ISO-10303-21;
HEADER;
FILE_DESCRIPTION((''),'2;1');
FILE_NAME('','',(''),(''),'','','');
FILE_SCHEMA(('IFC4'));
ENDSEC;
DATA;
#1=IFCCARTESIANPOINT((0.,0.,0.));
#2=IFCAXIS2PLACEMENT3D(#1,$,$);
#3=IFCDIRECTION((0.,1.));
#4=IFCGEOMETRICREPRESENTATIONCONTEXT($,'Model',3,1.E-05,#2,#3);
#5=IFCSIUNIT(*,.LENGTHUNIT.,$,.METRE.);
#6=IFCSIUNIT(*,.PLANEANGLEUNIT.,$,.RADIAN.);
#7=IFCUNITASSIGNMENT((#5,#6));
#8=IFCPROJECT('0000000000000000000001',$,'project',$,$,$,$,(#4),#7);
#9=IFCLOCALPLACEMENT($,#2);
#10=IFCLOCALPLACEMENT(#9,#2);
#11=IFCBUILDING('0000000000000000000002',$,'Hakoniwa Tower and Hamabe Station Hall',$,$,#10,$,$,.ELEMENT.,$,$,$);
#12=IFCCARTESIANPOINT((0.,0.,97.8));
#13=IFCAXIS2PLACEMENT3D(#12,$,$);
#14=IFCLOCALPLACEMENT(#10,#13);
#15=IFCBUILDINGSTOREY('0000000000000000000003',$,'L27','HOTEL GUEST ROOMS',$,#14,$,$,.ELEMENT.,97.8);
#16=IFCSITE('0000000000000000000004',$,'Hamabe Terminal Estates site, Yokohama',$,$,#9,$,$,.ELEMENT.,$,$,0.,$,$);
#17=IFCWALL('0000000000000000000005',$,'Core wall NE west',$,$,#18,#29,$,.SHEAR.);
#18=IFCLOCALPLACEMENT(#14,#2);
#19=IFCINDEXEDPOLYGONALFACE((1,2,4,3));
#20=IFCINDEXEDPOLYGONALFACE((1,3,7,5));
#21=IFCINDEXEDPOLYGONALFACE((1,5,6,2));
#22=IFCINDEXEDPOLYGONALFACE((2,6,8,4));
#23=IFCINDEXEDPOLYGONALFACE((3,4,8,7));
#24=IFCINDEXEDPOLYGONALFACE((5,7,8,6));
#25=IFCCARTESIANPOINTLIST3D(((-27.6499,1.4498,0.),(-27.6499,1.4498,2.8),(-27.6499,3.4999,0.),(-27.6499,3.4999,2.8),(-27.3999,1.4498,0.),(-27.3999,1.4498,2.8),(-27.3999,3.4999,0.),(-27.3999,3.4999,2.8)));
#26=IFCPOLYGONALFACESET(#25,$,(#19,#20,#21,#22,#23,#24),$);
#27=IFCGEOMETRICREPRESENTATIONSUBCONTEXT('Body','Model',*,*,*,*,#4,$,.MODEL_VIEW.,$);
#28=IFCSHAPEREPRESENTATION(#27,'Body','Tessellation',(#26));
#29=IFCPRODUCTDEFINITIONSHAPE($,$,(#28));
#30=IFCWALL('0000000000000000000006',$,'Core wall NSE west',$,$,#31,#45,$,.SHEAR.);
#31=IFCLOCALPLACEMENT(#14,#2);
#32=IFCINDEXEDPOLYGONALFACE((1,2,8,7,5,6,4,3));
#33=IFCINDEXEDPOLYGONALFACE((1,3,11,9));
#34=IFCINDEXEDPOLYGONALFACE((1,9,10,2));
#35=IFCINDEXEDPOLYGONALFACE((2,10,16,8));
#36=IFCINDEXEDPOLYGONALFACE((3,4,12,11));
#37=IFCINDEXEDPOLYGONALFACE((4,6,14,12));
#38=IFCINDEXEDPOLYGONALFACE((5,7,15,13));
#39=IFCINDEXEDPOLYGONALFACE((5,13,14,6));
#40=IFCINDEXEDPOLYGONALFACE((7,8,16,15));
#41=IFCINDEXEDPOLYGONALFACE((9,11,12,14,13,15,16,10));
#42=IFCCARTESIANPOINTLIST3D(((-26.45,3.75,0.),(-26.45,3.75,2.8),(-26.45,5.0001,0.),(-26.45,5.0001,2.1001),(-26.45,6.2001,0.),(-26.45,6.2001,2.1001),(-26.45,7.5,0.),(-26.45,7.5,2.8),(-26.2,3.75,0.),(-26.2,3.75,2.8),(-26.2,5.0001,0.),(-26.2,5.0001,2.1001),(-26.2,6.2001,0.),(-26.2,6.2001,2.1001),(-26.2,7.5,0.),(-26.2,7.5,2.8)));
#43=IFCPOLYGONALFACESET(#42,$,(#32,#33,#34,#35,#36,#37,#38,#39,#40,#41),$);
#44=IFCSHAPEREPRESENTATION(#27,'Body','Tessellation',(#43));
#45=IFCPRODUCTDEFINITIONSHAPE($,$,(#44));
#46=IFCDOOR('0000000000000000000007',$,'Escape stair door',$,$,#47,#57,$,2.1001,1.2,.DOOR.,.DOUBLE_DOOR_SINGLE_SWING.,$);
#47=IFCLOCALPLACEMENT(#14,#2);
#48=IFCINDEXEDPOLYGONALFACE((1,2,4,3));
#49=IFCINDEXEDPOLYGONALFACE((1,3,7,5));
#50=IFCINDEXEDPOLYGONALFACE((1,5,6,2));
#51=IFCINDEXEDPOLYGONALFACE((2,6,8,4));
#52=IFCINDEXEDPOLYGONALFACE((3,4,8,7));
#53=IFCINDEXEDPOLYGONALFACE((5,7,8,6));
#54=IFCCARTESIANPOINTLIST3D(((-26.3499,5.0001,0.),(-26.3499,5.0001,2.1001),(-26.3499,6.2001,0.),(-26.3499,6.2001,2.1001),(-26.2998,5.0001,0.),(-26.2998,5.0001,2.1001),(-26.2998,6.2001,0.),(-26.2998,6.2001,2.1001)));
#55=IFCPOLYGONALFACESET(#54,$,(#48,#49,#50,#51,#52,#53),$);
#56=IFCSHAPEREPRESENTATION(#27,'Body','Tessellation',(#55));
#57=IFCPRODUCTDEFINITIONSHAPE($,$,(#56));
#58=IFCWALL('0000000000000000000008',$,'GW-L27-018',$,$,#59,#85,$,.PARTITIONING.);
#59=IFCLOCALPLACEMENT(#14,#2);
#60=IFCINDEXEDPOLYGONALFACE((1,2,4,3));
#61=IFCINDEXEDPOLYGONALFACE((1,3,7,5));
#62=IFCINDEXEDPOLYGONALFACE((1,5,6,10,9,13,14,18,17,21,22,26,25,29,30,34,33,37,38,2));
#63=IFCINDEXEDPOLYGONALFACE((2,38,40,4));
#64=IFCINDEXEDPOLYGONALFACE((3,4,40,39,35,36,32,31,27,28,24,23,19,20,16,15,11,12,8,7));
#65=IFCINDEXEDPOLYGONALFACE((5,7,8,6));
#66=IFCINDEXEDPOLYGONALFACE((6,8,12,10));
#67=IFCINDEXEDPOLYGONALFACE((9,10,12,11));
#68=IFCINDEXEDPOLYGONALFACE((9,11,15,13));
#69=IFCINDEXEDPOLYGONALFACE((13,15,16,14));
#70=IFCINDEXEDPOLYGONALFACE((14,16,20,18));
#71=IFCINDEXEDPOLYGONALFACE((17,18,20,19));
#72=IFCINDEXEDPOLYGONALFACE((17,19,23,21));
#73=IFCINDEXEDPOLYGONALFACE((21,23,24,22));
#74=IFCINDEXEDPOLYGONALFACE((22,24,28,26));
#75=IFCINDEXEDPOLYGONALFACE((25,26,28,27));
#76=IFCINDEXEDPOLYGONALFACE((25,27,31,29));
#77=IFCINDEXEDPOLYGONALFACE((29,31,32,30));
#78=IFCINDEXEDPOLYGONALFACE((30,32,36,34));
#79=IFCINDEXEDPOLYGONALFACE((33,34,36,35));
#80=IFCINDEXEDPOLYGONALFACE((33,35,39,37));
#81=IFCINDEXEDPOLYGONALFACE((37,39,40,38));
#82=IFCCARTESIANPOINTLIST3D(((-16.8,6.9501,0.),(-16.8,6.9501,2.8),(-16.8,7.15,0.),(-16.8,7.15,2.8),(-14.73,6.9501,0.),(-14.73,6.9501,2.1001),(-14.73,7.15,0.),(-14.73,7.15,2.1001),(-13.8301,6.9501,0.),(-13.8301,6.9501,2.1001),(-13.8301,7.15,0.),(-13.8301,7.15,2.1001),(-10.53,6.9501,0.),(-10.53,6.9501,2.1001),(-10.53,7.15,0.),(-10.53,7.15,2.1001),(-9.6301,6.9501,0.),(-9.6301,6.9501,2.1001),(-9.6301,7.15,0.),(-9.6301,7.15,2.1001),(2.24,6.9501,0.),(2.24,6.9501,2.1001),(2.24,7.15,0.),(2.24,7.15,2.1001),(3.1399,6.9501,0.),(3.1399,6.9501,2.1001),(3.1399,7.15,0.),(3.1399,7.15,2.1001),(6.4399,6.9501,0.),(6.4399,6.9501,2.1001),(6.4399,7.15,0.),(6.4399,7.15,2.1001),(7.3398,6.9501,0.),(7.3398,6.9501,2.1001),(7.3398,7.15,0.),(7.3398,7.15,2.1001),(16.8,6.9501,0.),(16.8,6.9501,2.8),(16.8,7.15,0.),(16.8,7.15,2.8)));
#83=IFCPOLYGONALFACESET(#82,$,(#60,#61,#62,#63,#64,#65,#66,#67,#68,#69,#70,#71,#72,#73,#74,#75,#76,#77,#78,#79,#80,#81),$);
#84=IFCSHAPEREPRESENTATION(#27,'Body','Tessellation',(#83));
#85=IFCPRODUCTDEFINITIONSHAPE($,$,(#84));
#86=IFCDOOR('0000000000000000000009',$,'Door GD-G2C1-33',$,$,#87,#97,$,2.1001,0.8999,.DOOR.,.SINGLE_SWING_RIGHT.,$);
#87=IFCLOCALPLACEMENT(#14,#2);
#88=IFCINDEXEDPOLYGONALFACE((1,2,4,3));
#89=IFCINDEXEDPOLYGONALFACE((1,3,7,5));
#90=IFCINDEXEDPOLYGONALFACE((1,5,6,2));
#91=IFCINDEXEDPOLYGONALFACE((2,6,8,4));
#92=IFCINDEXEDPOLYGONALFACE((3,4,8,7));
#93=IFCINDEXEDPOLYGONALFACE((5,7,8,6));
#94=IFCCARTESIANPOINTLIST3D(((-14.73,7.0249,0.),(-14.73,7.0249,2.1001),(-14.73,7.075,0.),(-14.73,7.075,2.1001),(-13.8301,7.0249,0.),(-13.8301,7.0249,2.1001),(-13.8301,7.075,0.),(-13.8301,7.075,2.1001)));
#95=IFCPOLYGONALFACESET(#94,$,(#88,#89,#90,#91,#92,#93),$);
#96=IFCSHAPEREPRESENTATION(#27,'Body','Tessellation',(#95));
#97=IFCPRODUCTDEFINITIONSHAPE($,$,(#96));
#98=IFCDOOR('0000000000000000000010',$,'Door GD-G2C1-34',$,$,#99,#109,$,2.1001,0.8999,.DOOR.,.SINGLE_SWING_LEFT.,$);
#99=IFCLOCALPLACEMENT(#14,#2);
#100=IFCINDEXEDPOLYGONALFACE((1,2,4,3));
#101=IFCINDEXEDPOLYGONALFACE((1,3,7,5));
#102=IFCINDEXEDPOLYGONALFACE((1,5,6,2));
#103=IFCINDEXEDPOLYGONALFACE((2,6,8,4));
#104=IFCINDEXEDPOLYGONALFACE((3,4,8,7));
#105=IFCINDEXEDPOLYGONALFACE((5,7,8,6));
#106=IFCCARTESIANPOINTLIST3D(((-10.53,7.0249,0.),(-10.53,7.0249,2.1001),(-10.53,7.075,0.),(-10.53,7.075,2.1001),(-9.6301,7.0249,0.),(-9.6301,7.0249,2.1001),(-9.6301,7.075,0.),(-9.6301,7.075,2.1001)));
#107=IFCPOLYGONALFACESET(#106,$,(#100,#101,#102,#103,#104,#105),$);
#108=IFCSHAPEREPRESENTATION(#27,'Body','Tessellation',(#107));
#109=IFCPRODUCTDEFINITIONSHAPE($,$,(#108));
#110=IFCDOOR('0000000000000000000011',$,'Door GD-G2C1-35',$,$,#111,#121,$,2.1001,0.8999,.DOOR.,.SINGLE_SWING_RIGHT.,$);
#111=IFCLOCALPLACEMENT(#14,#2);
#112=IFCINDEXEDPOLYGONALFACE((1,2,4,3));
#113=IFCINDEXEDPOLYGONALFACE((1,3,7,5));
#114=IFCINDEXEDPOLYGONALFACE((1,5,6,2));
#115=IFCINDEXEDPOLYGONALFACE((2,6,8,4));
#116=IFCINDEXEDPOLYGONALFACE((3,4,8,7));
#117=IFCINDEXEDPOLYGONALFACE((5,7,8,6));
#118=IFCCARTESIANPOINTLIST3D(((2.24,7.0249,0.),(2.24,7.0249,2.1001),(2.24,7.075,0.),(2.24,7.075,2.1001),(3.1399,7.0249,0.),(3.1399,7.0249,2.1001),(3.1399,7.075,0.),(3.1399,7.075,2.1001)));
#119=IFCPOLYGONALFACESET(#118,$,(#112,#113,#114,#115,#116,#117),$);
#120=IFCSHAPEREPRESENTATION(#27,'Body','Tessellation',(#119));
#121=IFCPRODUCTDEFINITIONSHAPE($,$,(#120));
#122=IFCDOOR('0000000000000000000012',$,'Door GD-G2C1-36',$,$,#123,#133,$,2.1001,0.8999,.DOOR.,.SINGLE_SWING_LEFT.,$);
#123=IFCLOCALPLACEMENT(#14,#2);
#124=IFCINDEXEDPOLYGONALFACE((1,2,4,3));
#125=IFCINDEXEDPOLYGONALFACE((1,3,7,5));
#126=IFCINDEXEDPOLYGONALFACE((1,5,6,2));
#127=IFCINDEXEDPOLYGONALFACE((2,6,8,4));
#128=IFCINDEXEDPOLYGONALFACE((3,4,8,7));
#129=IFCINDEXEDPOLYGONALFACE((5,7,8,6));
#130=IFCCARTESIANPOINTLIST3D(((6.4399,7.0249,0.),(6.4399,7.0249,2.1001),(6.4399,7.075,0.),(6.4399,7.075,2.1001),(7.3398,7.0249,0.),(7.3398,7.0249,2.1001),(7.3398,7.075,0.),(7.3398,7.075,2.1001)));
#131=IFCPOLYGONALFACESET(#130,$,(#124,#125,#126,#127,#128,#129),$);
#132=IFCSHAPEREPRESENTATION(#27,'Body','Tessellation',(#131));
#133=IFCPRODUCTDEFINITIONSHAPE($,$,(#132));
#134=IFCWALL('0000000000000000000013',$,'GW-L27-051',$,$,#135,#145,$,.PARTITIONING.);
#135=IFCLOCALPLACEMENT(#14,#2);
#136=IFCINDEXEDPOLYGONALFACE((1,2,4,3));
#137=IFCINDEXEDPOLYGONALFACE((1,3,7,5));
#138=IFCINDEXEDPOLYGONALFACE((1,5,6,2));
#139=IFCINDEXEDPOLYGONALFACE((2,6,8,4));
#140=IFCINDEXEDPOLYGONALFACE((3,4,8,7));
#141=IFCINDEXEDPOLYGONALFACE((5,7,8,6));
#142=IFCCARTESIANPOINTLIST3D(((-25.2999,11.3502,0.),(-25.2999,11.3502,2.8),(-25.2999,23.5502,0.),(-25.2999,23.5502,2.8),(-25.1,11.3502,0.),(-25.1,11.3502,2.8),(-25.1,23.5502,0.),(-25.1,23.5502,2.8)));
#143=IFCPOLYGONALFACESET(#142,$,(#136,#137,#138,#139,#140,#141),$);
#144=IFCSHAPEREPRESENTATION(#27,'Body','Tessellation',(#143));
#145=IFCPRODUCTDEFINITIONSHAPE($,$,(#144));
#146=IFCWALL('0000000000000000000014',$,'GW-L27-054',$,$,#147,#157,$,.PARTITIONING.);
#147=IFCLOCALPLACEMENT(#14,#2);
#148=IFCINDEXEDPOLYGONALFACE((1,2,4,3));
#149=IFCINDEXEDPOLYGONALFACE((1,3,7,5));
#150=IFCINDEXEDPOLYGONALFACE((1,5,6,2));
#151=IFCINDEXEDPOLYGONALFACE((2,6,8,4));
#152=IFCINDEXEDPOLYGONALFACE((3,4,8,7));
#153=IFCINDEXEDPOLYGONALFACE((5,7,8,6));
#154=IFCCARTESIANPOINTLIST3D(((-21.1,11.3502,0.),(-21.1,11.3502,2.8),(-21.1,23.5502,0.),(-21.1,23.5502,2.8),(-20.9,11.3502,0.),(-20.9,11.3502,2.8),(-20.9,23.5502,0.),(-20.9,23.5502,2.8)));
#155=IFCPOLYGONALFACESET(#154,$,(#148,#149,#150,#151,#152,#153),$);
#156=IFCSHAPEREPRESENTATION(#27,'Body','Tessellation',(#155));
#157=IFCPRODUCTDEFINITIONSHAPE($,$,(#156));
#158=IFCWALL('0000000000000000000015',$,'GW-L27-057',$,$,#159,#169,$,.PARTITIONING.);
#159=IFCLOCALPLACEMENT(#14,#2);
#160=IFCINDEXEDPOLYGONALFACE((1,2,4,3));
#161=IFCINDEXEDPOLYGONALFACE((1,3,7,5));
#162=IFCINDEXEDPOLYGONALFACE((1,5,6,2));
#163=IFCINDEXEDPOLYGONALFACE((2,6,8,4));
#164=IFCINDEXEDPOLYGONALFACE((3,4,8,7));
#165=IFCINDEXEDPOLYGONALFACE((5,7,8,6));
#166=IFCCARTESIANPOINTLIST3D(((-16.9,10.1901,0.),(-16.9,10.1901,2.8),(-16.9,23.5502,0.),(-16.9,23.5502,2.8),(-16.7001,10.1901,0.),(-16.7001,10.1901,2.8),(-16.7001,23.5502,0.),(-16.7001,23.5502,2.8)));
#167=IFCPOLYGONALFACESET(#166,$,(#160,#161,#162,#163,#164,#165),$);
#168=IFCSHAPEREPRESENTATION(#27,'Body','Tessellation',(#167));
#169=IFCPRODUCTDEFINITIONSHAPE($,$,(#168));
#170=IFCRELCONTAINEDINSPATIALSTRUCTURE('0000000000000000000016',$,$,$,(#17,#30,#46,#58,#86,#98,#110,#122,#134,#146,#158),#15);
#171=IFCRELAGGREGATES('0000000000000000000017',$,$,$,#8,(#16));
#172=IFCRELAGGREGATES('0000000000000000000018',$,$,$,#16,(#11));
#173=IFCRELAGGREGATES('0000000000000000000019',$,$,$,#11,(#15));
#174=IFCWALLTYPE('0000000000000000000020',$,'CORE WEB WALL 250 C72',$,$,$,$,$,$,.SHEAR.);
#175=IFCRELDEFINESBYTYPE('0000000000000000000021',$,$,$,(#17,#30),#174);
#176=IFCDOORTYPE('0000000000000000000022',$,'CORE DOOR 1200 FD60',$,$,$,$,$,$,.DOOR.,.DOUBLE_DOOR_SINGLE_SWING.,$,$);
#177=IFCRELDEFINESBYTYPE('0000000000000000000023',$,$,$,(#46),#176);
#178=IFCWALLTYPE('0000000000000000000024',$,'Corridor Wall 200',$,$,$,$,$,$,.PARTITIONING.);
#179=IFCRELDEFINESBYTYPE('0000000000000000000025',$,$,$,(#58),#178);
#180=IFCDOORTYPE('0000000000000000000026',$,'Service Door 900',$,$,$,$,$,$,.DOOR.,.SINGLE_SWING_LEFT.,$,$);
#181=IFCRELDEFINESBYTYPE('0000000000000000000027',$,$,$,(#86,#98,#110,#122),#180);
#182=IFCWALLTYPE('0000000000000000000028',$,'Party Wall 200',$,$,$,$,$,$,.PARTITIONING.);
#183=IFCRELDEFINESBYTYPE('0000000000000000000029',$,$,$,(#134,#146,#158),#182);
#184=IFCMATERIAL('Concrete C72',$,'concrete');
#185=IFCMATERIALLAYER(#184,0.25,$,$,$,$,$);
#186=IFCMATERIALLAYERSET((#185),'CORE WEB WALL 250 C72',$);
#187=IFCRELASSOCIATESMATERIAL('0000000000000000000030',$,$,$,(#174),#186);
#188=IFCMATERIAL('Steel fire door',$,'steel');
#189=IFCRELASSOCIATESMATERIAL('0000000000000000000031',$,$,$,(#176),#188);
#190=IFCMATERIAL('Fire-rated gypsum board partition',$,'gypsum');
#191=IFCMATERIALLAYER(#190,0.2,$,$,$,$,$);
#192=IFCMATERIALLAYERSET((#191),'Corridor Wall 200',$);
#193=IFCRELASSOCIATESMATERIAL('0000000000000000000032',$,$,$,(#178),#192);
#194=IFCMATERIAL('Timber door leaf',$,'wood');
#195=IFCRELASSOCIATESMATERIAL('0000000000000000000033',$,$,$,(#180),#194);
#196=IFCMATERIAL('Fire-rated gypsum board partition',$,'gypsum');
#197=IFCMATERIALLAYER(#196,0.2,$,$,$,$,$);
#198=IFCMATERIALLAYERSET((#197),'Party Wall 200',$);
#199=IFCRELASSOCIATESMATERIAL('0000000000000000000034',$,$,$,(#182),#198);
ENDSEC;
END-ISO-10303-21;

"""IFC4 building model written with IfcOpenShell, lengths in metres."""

from ifc_helpers import new_model, si_unit, direction, frame, frame_2d, origin, place, context, subcontext, project, spatial, rectangle, extrude, material, layer, layer_set, type_object, element, fill, save


model = new_model("IFC4")

# Units and contexts
model_context = context("Model", 3, precision=1e-05, world=origin(), true_north=direction((0.0, 1.0)))
body_context = subcontext(model_context, "Body", "Model", "MODEL_VIEW")
ifc_project = project(units=[si_unit("LENGTHUNIT", "METRE"), si_unit("PLANEANGLEUNIT", "RADIAN")], contexts=[model_context])

# Site, building, storey
site_placement = place(None, origin())
site = spatial("IfcSite", under=ifc_project, at=site_placement, Name="Hamabe Terminal Estates site, Yokohama", CompositionType="ELEMENT", RefElevation=0.0)
building_placement = place(site_placement, origin())
building = spatial("IfcBuilding", under=site, at=building_placement, Name="Hakoniwa Tower and Hamabe Station Hall", CompositionType="ELEMENT")
storey_placement = place(building_placement, frame((0.0, 0.0, 97.8)))
storey = spatial("IfcBuildingStorey", under=building, at=storey_placement, Name="L27", Description="HOTEL GUEST ROOMS", CompositionType="ELEMENT", Elevation=97.8)

# Wall
ifc_material_1 = material(Name="Concrete C72", Category="concrete")
ifc_layer_1 = layer(ifc_material_1, 0.25)
ifc_layer_set_1 = layer_set([ifc_layer_1], Name="CORE WEB WALL 250 C72")
wall_type_1 = type_object("IfcWallType", Name="CORE WEB WALL 250 C72", PredefinedType="SHEAR", material=ifc_layer_set_1)
wall_1_placement = place(storey_placement, frame((-27.5249, 1.45, 0.0), z_axis=(0.0, 0.0, 1.0), x_axis=(0.0, 1.0, 0.0)))
element("IfcWall", 1, at=wall_1_placement, inside=storey, type_object=wall_type_1, Name="Core wall NE west", PredefinedType="SHEAR", context=body_context, shape_type="SweptSolid", body=[
    extrude(rectangle(XDim=2.05, YDim=0.25, at=frame_2d((1.0249, 0.0))), origin(), (0.0, 0.0, 1.0), 2.8),
])

# Wall, opening, door
wall_2_placement = place(storey_placement, frame((-26.325, 3.75, 0.0), z_axis=(0.0, 0.0, 1.0), x_axis=(0.0, 1.0, 0.0)))
wall_2 = element("IfcWall", 2, at=wall_2_placement, inside=storey, type_object=wall_type_1, Name="Core wall NSE west", PredefinedType="SHEAR", context=body_context, shape_type="SweptSolid", body=[
    extrude(rectangle(XDim=3.75, YDim=0.25, at=frame_2d((1.875, 0.0))), origin(), (0.0, 0.0, 1.0), 2.8),
])
opening_1_placement = place(wall_2_placement, frame((1.25, 0.0, 0.0)))
opening_1 = element("IfcOpeningElement", 3, at=opening_1_placement, cuts=wall_2, PredefinedType="OPENING", context=body_context, shape_type="SweptSolid", body=[
    extrude(rectangle(XDim=1.2, YDim=2.1001, at=frame_2d((0.6001, 1.05))), frame((0.0, 0.135, 0.0), z_axis=(0.0, -1.0, 0.0), x_axis=(1.0, 0.0, 0.0)), (0.0, 0.0, 1.0), 0.27),
])
ifc_material_2 = material(Name="Steel fire door", Category="steel")
door_type_1 = type_object("IfcDoorType", Name="CORE DOOR 1200 FD60", OperationType="DOUBLE_DOOR_SINGLE_SWING", PredefinedType="DOOR", material=ifc_material_2)
door_1_placement = place(opening_1_placement, origin())
door_1 = element("IfcDoor", 4, at=door_1_placement, inside=storey, type_object=door_type_1, Name="Escape stair door", OperationType="DOUBLE_DOOR_SINGLE_SWING", OverallHeight=2.1001, OverallWidth=1.2, PredefinedType="DOOR", context=body_context, shape_type="SweptSolid", body=[
    extrude(rectangle(XDim=1.2, YDim=2.1001, at=frame_2d((0.6001, 1.05))), frame((0.0, 0.0249, 0.0), z_axis=(0.0, -1.0, 0.0), x_axis=(1.0, 0.0, 0.0)), (0.0, 0.0, 1.0), 0.05),
])
fill(opening_1, door_1)

# Wall, openings, doors
ifc_material_3 = material(Name="Fire-rated gypsum board partition", Category="gypsum")
ifc_layer_2 = layer(ifc_material_3, 0.2)
ifc_layer_set_2 = layer_set([ifc_layer_2], Name="Corridor Wall 200")
wall_type_2 = type_object("IfcWallType", Name="Corridor Wall 200", PredefinedType="PARTITIONING", material=ifc_layer_set_2)
wall_3_placement = place(storey_placement, frame((-16.8, 7.05, 0.0), z_axis=(0.0, 0.0, 1.0), x_axis=(1.0, 0.0, 0.0)))
wall_3 = element("IfcWall", 5, at=wall_3_placement, inside=storey, type_object=wall_type_2, Name="GW-L27-018", PredefinedType="PARTITIONING", context=body_context, shape_type="SweptSolid", body=[
    extrude(rectangle(XDim=33.6001, YDim=0.2, at=frame_2d((16.8, 0.0))), origin(), (0.0, 0.0, 1.0), 2.8),
])
opening_2_placement = place(wall_3_placement, frame((2.0701, 0.0, 0.0)))
opening_2 = element("IfcOpeningElement", 6, at=opening_2_placement, cuts=wall_3, PredefinedType="OPENING", context=body_context, shape_type="SweptSolid", body=[
    extrude(rectangle(XDim=0.8999, YDim=2.1001, at=frame_2d((0.45, 1.05))), frame((0.0, 0.1099, 0.0), z_axis=(0.0, -1.0, 0.0), x_axis=(1.0, 0.0, 0.0)), (0.0, 0.0, 1.0), 0.22),
])
opening_3_placement = place(wall_3_placement, frame((6.27, 0.0, 0.0)))
opening_3 = element("IfcOpeningElement", 7, at=opening_3_placement, cuts=wall_3, PredefinedType="OPENING", context=body_context, shape_type="SweptSolid", body=[
    extrude(rectangle(XDim=0.8999, YDim=2.1001, at=frame_2d((0.45, 1.05))), frame((0.0, 0.1099, 0.0), z_axis=(0.0, -1.0, 0.0), x_axis=(1.0, 0.0, 0.0)), (0.0, 0.0, 1.0), 0.22),
])
opening_4_placement = place(wall_3_placement, frame((19.04, 0.0, 0.0)))
opening_4 = element("IfcOpeningElement", 8, at=opening_4_placement, cuts=wall_3, PredefinedType="OPENING", context=body_context, shape_type="SweptSolid", body=[
    extrude(rectangle(XDim=0.8999, YDim=2.1001, at=frame_2d((0.45, 1.05))), frame((0.0, 0.1099, 0.0), z_axis=(0.0, -1.0, 0.0), x_axis=(1.0, 0.0, 0.0)), (0.0, 0.0, 1.0), 0.22),
])
opening_5_placement = place(wall_3_placement, frame((23.24, 0.0, 0.0)))
opening_5 = element("IfcOpeningElement", 9, at=opening_5_placement, cuts=wall_3, PredefinedType="OPENING", context=body_context, shape_type="SweptSolid", body=[
    extrude(rectangle(XDim=0.8999, YDim=2.1001, at=frame_2d((0.45, 1.05))), frame((0.0, 0.1099, 0.0), z_axis=(0.0, -1.0, 0.0), x_axis=(1.0, 0.0, 0.0)), (0.0, 0.0, 1.0), 0.22),
])
ifc_material_4 = material(Name="Timber door leaf", Category="wood")
door_type_2 = type_object("IfcDoorType", Name="Service Door 900", OperationType="SINGLE_SWING_LEFT", PredefinedType="DOOR", material=ifc_material_4)
door_2_placement = place(opening_2_placement, origin())
door_2 = element("IfcDoor", 10, at=door_2_placement, inside=storey, type_object=door_type_2, Name="Door GD-G2C1-33", OperationType="SINGLE_SWING_RIGHT", OverallHeight=2.1001, OverallWidth=0.8999, PredefinedType="DOOR", context=body_context, shape_type="SweptSolid", body=[
    extrude(rectangle(XDim=0.8999, YDim=2.1001, at=frame_2d((0.45, 1.05))), frame((0.0, 0.0249, 0.0), z_axis=(0.0, -1.0, 0.0), x_axis=(1.0, 0.0, 0.0)), (0.0, 0.0, 1.0), 0.05),
])
fill(opening_2, door_2)
door_3_placement = place(opening_3_placement, origin())
door_3 = element("IfcDoor", 11, at=door_3_placement, inside=storey, type_object=door_type_2, Name="Door GD-G2C1-34", OperationType="SINGLE_SWING_LEFT", OverallHeight=2.1001, OverallWidth=0.8999, PredefinedType="DOOR", context=body_context, shape_type="SweptSolid", body=[
    extrude(rectangle(XDim=0.8999, YDim=2.1001, at=frame_2d((0.45, 1.05))), frame((0.0, 0.0249, 0.0), z_axis=(0.0, -1.0, 0.0), x_axis=(1.0, 0.0, 0.0)), (0.0, 0.0, 1.0), 0.05),
])
fill(opening_3, door_3)
door_4_placement = place(opening_4_placement, origin())
door_4 = element("IfcDoor", 12, at=door_4_placement, inside=storey, type_object=door_type_2, Name="Door GD-G2C1-35", OperationType="SINGLE_SWING_RIGHT", OverallHeight=2.1001, OverallWidth=0.8999, PredefinedType="DOOR", context=body_context, shape_type="SweptSolid", body=[
    extrude(rectangle(XDim=0.8999, YDim=2.1001, at=frame_2d((0.45, 1.05))), frame((0.0, 0.0249, 0.0), z_axis=(0.0, -1.0, 0.0), x_axis=(1.0, 0.0, 0.0)), (0.0, 0.0, 1.0), 0.05),
])
fill(opening_4, door_4)
door_5_placement = place(opening_5_placement, origin())
door_5 = element("IfcDoor", 13, at=door_5_placement, inside=storey, type_object=door_type_2, Name="Door GD-G2C1-36", OperationType="SINGLE_SWING_LEFT", OverallHeight=2.1001, OverallWidth=0.8999, PredefinedType="DOOR", context=body_context, shape_type="SweptSolid", body=[
    extrude(rectangle(XDim=0.8999, YDim=2.1001, at=frame_2d((0.45, 1.05))), frame((0.0, 0.0249, 0.0), z_axis=(0.0, -1.0, 0.0), x_axis=(1.0, 0.0, 0.0)), (0.0, 0.0, 1.0), 0.05),
])
fill(opening_5, door_5)

# Walls
ifc_material_5 = material(Name="Fire-rated gypsum board partition", Category="gypsum")
ifc_layer_3 = layer(ifc_material_5, 0.2)
ifc_layer_set_3 = layer_set([ifc_layer_3], Name="Party Wall 200")
wall_type_3 = type_object("IfcWallType", Name="Party Wall 200", PredefinedType="PARTITIONING", material=ifc_layer_set_3)
for number, where, z_axis, x_axis, name in (
    (14, (-25.2, 11.3501, 0.0), (0.0, 0.0, 1.0), (0.0, 1.0, 0.0), "GW-L27-051"),
    (15, (-21.0, 11.3501, 0.0), (0.0, 0.0, 1.0), (0.0, 1.0, 0.0), "GW-L27-054"),
):
    element("IfcWall", number, at=place(storey_placement, frame(where, z_axis=z_axis, x_axis=x_axis)), inside=storey, type_object=wall_type_3, Name=name, PredefinedType="PARTITIONING", context=body_context, shape_type="SweptSolid", body=[
        extrude(rectangle(XDim=12.2, YDim=0.2, at=frame_2d((6.1001, 0.0))), origin(), (0.0, 0.0, 1.0), 2.8),
    ])
wall_4_placement = place(storey_placement, frame((-16.8, 10.1899, 0.0), z_axis=(0.0, 0.0, 1.0), x_axis=(0.0, 1.0, 0.0)))
element("IfcWall", 16, at=wall_4_placement, inside=storey, type_object=wall_type_3, Name="GW-L27-057", PredefinedType="PARTITIONING", context=body_context, shape_type="SweptSolid", body=[
    extrude(rectangle(XDim=13.3601, YDim=0.2, at=frame_2d((6.6802, 0.0))), origin(), (0.0, 0.0, 1.0), 2.8),
])

save(model, "model.ifc")
